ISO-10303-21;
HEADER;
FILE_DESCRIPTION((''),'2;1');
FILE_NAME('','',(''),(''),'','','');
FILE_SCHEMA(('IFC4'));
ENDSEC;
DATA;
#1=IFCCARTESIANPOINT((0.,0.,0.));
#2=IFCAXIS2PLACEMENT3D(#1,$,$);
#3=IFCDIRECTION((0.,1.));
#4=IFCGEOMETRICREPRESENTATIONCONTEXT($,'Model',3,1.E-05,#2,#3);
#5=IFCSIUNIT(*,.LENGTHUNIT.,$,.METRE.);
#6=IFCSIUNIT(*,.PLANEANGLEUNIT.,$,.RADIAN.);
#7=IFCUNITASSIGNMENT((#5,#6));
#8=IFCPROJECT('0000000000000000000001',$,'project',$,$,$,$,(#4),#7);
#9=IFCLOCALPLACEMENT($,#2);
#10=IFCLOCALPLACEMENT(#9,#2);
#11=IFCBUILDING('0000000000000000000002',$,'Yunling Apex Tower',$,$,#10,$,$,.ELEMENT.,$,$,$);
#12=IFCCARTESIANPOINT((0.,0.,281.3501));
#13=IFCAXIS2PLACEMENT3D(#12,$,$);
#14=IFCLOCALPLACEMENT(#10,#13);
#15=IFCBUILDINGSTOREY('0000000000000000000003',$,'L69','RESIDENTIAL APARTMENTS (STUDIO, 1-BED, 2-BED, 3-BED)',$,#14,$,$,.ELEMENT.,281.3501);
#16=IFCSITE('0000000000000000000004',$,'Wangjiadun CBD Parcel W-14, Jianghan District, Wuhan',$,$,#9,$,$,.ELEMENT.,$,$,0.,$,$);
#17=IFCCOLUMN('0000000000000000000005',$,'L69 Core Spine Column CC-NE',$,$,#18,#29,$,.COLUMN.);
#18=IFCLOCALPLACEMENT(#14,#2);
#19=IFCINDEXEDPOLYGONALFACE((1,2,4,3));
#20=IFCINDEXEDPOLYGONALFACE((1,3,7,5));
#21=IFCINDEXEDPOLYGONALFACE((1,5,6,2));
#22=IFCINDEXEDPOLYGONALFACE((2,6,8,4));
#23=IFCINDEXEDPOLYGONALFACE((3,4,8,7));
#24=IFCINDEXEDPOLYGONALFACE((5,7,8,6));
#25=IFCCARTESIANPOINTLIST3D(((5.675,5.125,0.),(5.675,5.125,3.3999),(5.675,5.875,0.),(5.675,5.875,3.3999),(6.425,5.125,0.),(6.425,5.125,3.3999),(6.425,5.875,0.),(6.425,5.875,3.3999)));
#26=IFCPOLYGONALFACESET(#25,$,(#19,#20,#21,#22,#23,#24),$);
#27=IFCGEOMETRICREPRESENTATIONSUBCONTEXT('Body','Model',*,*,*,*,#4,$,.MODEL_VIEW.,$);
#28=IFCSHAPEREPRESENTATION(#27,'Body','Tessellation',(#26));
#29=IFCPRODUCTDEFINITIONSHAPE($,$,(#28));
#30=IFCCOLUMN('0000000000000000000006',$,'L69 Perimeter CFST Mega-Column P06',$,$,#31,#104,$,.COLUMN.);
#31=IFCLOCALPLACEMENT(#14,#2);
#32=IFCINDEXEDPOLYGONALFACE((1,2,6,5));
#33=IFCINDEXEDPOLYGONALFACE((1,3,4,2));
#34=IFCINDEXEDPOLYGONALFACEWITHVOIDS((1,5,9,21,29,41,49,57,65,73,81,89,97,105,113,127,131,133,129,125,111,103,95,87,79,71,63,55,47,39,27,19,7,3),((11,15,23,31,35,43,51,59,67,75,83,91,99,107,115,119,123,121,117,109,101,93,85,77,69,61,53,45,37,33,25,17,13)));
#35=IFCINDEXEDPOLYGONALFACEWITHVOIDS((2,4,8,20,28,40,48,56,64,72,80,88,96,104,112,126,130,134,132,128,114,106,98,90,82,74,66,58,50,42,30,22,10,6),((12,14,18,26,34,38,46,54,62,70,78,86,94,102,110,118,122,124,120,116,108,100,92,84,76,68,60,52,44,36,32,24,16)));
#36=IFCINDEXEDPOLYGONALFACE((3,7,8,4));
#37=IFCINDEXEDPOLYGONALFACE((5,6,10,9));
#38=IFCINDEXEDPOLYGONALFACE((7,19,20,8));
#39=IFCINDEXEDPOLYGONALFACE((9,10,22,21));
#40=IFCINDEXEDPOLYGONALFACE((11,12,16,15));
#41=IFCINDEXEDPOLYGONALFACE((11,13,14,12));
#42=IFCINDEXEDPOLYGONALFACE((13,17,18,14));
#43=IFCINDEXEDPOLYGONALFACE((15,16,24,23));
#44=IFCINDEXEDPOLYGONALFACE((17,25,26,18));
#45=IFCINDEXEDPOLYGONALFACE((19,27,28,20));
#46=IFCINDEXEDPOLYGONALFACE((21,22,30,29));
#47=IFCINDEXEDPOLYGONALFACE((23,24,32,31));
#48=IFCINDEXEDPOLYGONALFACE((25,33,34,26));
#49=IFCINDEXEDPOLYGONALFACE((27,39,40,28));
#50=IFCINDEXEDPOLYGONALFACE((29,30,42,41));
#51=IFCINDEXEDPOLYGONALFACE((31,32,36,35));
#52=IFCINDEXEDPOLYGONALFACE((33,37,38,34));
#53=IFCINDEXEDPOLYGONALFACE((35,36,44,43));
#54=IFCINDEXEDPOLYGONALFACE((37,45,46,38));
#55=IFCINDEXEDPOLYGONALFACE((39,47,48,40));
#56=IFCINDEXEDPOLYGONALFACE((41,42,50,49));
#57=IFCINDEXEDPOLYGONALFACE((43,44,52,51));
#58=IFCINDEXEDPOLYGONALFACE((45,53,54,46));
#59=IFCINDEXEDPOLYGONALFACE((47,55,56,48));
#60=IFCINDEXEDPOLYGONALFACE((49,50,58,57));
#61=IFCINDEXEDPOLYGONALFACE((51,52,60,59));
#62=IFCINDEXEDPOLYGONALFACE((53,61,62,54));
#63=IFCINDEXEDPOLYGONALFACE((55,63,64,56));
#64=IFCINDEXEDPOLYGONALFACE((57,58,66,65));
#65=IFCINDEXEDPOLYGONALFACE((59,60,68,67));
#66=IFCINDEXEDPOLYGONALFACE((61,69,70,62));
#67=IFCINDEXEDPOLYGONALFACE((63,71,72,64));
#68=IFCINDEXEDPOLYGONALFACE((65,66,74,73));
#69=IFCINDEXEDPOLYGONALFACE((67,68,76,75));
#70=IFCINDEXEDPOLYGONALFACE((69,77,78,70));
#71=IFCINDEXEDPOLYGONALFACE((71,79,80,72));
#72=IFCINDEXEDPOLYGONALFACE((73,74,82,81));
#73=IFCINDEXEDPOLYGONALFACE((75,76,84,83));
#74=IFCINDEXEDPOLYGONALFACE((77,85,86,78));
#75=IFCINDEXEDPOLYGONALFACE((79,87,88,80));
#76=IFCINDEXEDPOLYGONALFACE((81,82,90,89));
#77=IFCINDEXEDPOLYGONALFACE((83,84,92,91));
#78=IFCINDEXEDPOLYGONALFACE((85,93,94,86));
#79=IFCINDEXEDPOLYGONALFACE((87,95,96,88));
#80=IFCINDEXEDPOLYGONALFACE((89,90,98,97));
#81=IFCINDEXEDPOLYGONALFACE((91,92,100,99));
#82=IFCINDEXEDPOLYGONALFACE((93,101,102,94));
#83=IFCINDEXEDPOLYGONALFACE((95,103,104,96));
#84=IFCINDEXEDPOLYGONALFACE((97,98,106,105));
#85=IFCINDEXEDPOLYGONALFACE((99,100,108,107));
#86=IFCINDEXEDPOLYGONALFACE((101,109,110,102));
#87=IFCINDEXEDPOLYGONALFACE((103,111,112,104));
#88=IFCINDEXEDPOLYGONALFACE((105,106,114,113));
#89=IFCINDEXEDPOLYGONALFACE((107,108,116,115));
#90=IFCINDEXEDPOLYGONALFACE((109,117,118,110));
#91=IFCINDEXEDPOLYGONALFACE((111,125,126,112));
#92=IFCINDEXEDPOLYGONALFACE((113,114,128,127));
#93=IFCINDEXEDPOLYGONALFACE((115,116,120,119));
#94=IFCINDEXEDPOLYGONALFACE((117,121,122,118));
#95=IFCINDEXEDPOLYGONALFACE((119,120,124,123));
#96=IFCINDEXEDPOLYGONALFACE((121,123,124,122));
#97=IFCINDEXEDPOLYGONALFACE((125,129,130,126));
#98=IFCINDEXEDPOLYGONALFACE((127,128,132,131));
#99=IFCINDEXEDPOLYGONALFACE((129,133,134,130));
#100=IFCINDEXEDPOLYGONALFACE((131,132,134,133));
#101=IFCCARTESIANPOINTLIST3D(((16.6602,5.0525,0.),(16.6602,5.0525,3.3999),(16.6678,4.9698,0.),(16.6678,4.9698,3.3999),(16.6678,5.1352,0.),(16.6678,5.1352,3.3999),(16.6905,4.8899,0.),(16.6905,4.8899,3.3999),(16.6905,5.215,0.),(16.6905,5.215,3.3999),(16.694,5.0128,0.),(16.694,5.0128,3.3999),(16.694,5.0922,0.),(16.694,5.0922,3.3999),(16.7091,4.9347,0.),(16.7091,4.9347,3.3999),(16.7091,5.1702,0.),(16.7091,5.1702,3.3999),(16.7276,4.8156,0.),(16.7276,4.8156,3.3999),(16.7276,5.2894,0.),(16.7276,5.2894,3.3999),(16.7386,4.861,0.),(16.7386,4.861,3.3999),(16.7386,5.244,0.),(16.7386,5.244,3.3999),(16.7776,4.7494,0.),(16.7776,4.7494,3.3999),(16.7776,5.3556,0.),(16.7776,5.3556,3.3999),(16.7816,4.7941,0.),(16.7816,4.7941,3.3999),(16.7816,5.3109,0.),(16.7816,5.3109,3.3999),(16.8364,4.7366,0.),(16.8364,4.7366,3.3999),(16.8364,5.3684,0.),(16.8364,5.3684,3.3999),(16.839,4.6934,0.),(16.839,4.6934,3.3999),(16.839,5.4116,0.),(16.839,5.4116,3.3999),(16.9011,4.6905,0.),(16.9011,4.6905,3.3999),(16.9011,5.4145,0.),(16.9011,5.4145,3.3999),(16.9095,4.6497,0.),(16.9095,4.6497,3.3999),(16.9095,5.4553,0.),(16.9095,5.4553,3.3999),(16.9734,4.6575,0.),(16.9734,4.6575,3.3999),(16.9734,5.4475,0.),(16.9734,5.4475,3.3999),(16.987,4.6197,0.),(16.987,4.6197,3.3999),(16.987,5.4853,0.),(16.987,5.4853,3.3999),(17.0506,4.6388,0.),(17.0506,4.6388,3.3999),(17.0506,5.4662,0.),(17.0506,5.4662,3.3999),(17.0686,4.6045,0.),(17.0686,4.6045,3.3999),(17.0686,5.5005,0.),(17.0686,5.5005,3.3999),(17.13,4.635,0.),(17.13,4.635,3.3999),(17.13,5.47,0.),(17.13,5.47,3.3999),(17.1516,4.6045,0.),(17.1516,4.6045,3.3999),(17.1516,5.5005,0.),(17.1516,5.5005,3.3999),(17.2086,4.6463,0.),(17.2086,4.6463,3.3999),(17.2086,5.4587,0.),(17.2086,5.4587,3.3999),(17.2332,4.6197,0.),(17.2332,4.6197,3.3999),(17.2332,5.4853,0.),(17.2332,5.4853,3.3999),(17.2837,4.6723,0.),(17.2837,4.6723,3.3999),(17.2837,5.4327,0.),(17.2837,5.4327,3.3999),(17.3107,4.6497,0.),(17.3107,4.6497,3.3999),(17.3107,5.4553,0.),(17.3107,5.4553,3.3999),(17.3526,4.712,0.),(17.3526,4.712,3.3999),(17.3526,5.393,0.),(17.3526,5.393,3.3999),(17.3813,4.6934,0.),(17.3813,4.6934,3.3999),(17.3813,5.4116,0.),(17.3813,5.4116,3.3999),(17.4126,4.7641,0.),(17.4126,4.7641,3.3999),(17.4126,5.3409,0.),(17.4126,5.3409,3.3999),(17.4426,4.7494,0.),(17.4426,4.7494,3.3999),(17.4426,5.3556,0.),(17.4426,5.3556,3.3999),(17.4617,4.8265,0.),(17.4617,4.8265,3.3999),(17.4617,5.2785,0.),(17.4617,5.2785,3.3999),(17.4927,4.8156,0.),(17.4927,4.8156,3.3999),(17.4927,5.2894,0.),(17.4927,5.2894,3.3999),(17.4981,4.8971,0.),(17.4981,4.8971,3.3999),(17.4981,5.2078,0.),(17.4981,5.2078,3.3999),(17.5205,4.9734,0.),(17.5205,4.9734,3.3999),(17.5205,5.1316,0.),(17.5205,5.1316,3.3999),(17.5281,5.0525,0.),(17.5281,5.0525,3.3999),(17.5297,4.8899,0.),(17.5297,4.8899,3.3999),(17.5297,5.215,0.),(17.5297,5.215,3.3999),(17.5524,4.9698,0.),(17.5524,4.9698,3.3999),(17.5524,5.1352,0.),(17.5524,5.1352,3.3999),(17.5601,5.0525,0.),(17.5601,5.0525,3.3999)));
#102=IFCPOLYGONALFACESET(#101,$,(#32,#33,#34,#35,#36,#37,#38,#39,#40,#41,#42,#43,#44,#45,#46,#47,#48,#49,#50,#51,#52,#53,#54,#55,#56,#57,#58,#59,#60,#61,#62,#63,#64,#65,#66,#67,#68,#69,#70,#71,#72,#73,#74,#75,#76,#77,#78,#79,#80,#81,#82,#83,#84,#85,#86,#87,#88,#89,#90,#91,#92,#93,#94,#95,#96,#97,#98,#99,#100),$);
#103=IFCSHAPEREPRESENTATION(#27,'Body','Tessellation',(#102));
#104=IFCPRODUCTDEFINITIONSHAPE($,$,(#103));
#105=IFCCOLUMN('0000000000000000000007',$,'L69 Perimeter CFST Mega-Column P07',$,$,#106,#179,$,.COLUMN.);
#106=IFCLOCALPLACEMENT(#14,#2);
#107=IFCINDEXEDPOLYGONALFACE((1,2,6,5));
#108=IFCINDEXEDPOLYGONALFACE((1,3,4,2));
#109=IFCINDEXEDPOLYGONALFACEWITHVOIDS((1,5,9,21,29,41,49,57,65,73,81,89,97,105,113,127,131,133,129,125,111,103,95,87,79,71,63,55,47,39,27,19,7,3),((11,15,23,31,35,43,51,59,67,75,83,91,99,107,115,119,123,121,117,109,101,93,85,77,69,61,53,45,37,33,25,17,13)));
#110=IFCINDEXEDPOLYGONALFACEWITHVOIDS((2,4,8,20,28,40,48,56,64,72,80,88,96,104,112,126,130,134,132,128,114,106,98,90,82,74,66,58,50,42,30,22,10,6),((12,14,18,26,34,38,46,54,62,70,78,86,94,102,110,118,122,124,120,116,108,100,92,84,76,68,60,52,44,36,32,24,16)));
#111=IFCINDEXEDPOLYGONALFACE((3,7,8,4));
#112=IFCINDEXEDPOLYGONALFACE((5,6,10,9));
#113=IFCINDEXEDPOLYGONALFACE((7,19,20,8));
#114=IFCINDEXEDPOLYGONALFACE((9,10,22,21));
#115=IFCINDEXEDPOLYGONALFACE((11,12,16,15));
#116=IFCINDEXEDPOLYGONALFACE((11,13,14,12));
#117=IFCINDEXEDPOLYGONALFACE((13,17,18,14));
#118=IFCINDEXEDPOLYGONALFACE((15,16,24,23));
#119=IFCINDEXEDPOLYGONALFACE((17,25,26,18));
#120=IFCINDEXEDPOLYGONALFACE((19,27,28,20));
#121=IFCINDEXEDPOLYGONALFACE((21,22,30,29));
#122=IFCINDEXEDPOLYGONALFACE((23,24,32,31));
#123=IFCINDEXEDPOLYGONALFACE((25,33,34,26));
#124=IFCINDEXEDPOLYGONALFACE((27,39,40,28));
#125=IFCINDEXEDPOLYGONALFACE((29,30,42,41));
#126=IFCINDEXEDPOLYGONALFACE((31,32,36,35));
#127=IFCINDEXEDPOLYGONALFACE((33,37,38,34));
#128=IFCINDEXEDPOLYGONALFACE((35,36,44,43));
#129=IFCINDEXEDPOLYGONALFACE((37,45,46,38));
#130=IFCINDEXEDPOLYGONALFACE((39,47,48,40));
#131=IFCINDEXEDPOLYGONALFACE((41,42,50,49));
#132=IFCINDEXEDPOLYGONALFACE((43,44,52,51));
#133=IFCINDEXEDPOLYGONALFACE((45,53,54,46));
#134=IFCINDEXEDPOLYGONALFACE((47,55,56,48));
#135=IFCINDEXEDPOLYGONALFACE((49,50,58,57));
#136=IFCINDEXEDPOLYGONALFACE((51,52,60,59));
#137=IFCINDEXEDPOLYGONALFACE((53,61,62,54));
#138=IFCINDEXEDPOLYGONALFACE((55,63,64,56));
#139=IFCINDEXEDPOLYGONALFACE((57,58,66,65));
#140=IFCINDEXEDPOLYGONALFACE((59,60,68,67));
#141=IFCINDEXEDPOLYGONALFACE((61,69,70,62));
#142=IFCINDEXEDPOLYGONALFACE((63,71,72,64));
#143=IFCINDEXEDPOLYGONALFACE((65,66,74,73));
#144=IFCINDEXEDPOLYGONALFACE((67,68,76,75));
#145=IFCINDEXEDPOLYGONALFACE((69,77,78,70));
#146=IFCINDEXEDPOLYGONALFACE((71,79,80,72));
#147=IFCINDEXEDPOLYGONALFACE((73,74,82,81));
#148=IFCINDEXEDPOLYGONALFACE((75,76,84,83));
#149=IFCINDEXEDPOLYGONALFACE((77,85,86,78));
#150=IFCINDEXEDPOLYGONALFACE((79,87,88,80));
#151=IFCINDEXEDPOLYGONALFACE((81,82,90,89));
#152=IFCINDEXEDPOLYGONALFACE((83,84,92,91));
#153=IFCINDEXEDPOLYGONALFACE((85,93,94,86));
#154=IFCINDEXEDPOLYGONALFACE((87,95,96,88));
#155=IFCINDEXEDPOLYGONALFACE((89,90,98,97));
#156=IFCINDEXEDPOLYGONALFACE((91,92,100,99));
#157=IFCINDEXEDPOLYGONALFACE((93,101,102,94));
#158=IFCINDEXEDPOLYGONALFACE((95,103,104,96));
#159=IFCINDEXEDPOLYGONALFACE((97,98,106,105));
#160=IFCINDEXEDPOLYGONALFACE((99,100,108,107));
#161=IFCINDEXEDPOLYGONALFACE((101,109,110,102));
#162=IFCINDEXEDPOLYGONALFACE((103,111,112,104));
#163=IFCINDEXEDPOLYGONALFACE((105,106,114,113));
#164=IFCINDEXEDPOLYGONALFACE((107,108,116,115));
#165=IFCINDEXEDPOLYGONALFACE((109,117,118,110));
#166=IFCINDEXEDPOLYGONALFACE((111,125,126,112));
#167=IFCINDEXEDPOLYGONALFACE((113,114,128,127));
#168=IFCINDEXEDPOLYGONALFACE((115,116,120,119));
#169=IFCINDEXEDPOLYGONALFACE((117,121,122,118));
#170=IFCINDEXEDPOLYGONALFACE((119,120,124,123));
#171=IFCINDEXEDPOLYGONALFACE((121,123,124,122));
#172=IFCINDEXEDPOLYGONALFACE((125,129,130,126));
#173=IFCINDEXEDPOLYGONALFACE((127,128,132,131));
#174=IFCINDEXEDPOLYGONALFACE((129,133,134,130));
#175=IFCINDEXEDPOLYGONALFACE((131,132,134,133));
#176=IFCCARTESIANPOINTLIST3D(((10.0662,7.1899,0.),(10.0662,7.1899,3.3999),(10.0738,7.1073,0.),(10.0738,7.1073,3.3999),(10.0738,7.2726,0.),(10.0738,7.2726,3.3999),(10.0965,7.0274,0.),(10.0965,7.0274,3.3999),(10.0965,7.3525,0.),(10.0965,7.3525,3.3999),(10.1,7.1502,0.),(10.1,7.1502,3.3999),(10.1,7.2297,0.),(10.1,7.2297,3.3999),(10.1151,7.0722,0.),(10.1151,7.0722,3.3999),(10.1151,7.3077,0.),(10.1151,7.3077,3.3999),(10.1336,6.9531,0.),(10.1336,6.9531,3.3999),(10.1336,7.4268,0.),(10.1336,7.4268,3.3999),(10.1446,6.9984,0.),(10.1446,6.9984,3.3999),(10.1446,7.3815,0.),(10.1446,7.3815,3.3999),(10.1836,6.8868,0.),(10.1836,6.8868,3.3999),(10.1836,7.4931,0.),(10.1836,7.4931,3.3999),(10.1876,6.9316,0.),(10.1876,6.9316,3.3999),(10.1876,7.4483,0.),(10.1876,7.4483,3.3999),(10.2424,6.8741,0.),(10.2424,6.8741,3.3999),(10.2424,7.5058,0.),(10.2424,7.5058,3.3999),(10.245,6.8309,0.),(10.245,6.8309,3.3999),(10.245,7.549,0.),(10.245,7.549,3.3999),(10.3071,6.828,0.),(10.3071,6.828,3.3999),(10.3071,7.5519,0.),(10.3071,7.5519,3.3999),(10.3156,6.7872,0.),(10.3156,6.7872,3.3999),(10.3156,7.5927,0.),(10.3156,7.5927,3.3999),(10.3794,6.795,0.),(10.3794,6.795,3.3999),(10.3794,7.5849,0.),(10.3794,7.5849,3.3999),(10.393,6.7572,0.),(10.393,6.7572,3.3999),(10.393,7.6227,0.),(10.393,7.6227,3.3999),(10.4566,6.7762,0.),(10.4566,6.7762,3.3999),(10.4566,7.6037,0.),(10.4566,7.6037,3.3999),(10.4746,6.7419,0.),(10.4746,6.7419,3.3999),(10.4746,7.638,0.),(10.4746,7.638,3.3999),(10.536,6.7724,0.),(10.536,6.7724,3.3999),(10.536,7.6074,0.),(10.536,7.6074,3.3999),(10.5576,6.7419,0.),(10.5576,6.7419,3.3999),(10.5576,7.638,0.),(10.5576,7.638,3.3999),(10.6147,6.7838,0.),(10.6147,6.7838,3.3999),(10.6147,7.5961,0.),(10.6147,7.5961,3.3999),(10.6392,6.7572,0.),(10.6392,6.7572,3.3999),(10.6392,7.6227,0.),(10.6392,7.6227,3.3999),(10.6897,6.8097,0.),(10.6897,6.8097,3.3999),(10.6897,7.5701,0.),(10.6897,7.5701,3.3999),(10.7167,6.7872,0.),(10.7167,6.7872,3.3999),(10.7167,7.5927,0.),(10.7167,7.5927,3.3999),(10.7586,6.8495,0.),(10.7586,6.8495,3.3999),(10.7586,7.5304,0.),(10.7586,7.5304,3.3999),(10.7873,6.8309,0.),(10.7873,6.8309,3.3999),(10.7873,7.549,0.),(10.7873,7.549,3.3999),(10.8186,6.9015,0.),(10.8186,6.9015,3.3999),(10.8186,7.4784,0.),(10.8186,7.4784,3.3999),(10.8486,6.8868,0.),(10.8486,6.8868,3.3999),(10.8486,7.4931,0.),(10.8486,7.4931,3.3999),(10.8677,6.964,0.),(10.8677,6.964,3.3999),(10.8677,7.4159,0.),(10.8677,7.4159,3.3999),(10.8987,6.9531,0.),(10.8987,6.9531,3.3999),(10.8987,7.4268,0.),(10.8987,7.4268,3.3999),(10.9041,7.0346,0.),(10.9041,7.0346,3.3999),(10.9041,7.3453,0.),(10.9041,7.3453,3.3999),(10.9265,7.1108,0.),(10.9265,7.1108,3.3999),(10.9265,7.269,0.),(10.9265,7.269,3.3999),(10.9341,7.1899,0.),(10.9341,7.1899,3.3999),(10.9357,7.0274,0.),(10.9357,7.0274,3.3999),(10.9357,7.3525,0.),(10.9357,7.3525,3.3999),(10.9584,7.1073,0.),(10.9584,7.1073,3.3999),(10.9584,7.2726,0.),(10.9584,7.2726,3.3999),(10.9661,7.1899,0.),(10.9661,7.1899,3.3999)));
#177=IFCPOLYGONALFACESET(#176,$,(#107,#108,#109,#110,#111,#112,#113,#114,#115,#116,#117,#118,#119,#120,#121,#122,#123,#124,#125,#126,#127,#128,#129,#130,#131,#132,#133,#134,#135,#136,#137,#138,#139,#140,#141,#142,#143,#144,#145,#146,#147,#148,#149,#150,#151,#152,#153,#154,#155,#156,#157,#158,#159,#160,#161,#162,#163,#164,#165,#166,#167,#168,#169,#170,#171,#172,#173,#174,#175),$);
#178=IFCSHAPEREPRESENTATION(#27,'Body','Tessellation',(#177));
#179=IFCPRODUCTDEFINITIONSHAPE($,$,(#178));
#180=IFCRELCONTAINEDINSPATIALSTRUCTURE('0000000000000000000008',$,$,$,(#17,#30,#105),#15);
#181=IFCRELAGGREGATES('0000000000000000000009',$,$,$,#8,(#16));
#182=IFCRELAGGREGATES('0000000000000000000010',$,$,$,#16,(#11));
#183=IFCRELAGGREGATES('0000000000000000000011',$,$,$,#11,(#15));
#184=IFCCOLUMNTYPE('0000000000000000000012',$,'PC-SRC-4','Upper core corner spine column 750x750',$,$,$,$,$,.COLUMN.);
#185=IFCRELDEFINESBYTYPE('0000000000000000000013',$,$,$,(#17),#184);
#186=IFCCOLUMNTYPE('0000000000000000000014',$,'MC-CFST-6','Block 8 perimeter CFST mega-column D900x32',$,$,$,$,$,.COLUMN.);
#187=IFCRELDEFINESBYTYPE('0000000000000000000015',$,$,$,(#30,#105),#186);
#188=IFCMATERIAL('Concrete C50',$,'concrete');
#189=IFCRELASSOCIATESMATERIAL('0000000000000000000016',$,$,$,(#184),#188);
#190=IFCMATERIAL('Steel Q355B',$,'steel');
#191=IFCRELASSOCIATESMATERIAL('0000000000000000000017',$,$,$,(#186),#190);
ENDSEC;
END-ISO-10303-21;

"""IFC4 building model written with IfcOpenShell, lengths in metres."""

from ifc_helpers import new_model, si_unit, direction, frame, origin, origin_2d, place, context, subcontext, project, spatial, rectangle, hollow_circle, extrude, source, transform, mapped, material, material_profile, profile_set, type_object, element, save


model = new_model("IFC4")

# Units and contexts
model_context = context("Model", 3, precision=1e-05, world=origin(), true_north=direction((0.0, 1.0)))
body_context = subcontext(model_context, "Body", "Model", "MODEL_VIEW")
ifc_project = project(units=[si_unit("LENGTHUNIT", "METRE"), si_unit("PLANEANGLEUNIT", "RADIAN")], contexts=[model_context])

# Site, building, storey
site_placement = place(None, origin())
site = spatial("IfcSite", under=ifc_project, at=site_placement, Name="Wangjiadun CBD Parcel W-14, Jianghan District, Wuhan", CompositionType="ELEMENT", RefElevation=0.0)
building_placement = place(site_placement, origin())
building = spatial("IfcBuilding", under=site, at=building_placement, Name="Yunling Apex Tower", CompositionType="ELEMENT")
storey_placement = place(building_placement, frame((0.0, 0.0, 281.3501)))
storey = spatial("IfcBuildingStorey", under=building, at=storey_placement, Name="L69", Description="RESIDENTIAL APARTMENTS (STUDIO, 1-BED, 2-BED, 3-BED)", CompositionType="ELEMENT", Elevation=281.3501)

# Columns
ifc_material_1 = material(Name="Concrete C50", Category="concrete")
ifc_material_profile_1 = material_profile(ifc_material_1, rectangle(XDim=0.75, YDim=0.75, at=origin_2d()))
ifc_profile_set_1 = profile_set([ifc_material_profile_1], Name="Concrete C50")
column_type_1 = type_object("IfcColumnType", Name="PC-SRC-4", Description="Upper core corner spine column 750x750", PredefinedType="COLUMN", material=ifc_profile_set_1)
shared_shape_1 = source(origin(), body_context, "Body", "SweptSolid", [
    extrude(rectangle(XDim=0.75, YDim=0.75, at=origin_2d()), origin(), (0.0, 0.0, 1.0), 3.3999),
])
column_placement = place(storey_placement, frame((6.05, 5.5, 0.0), z_axis=(0.0, 0.0, 1.0), x_axis=(1.0, 0.0, 0.0)))
element("IfcColumn", 1, at=column_placement, inside=storey, type_object=column_type_1, Name="L69 Core Spine Column CC-NE", PredefinedType="COLUMN", context=body_context, shape_type="MappedRepresentation", body=[
    mapped(shared_shape_1, transform((0.0, 0.0, 0.0), scale=1.0)),
])
ifc_material_2 = material(Name="Steel Q355B", Category="steel")
ifc_material_profile_2 = material_profile(ifc_material_2, hollow_circle(Radius=0.45, WallThickness=0.032, at=origin_2d()))
ifc_profile_set_2 = profile_set([ifc_material_profile_2], Name="Steel Q355B")
column_type_2 = type_object("IfcColumnType", Name="MC-CFST-6", Description="Block 8 perimeter CFST mega-column D900x32", PredefinedType="COLUMN", material=ifc_profile_set_2)
shared_shape_2 = source(origin(), body_context, "Body", "SweptSolid", [
    extrude(hollow_circle(Radius=0.45, WallThickness=0.032, at=origin_2d()), origin(), (0.0, 0.0, 1.0), 3.3999),
])
for number, where, z_axis, x_axis, name in (
    (2, (17.1101, 5.0525, 0.0), (0.0, 0.0, 1.0), (1.0, 0.0, 0.0), "L69 Perimeter CFST Mega-Column P06"),
    (3, (10.5161, 7.1899, 0.0), (0.0, 0.0, 1.0), (1.0, 0.0, 0.0), "L69 Perimeter CFST Mega-Column P07"),
):
    element("IfcColumn", number, at=place(storey_placement, frame(where, z_axis=z_axis, x_axis=x_axis)), inside=storey, type_object=column_type_2, Name=name, PredefinedType="COLUMN", context=body_context, shape_type="MappedRepresentation", body=[
        mapped(shared_shape_2, transform((0.0, 0.0, 0.0), scale=1.0)),
    ])

save(model, "model.ifc")
